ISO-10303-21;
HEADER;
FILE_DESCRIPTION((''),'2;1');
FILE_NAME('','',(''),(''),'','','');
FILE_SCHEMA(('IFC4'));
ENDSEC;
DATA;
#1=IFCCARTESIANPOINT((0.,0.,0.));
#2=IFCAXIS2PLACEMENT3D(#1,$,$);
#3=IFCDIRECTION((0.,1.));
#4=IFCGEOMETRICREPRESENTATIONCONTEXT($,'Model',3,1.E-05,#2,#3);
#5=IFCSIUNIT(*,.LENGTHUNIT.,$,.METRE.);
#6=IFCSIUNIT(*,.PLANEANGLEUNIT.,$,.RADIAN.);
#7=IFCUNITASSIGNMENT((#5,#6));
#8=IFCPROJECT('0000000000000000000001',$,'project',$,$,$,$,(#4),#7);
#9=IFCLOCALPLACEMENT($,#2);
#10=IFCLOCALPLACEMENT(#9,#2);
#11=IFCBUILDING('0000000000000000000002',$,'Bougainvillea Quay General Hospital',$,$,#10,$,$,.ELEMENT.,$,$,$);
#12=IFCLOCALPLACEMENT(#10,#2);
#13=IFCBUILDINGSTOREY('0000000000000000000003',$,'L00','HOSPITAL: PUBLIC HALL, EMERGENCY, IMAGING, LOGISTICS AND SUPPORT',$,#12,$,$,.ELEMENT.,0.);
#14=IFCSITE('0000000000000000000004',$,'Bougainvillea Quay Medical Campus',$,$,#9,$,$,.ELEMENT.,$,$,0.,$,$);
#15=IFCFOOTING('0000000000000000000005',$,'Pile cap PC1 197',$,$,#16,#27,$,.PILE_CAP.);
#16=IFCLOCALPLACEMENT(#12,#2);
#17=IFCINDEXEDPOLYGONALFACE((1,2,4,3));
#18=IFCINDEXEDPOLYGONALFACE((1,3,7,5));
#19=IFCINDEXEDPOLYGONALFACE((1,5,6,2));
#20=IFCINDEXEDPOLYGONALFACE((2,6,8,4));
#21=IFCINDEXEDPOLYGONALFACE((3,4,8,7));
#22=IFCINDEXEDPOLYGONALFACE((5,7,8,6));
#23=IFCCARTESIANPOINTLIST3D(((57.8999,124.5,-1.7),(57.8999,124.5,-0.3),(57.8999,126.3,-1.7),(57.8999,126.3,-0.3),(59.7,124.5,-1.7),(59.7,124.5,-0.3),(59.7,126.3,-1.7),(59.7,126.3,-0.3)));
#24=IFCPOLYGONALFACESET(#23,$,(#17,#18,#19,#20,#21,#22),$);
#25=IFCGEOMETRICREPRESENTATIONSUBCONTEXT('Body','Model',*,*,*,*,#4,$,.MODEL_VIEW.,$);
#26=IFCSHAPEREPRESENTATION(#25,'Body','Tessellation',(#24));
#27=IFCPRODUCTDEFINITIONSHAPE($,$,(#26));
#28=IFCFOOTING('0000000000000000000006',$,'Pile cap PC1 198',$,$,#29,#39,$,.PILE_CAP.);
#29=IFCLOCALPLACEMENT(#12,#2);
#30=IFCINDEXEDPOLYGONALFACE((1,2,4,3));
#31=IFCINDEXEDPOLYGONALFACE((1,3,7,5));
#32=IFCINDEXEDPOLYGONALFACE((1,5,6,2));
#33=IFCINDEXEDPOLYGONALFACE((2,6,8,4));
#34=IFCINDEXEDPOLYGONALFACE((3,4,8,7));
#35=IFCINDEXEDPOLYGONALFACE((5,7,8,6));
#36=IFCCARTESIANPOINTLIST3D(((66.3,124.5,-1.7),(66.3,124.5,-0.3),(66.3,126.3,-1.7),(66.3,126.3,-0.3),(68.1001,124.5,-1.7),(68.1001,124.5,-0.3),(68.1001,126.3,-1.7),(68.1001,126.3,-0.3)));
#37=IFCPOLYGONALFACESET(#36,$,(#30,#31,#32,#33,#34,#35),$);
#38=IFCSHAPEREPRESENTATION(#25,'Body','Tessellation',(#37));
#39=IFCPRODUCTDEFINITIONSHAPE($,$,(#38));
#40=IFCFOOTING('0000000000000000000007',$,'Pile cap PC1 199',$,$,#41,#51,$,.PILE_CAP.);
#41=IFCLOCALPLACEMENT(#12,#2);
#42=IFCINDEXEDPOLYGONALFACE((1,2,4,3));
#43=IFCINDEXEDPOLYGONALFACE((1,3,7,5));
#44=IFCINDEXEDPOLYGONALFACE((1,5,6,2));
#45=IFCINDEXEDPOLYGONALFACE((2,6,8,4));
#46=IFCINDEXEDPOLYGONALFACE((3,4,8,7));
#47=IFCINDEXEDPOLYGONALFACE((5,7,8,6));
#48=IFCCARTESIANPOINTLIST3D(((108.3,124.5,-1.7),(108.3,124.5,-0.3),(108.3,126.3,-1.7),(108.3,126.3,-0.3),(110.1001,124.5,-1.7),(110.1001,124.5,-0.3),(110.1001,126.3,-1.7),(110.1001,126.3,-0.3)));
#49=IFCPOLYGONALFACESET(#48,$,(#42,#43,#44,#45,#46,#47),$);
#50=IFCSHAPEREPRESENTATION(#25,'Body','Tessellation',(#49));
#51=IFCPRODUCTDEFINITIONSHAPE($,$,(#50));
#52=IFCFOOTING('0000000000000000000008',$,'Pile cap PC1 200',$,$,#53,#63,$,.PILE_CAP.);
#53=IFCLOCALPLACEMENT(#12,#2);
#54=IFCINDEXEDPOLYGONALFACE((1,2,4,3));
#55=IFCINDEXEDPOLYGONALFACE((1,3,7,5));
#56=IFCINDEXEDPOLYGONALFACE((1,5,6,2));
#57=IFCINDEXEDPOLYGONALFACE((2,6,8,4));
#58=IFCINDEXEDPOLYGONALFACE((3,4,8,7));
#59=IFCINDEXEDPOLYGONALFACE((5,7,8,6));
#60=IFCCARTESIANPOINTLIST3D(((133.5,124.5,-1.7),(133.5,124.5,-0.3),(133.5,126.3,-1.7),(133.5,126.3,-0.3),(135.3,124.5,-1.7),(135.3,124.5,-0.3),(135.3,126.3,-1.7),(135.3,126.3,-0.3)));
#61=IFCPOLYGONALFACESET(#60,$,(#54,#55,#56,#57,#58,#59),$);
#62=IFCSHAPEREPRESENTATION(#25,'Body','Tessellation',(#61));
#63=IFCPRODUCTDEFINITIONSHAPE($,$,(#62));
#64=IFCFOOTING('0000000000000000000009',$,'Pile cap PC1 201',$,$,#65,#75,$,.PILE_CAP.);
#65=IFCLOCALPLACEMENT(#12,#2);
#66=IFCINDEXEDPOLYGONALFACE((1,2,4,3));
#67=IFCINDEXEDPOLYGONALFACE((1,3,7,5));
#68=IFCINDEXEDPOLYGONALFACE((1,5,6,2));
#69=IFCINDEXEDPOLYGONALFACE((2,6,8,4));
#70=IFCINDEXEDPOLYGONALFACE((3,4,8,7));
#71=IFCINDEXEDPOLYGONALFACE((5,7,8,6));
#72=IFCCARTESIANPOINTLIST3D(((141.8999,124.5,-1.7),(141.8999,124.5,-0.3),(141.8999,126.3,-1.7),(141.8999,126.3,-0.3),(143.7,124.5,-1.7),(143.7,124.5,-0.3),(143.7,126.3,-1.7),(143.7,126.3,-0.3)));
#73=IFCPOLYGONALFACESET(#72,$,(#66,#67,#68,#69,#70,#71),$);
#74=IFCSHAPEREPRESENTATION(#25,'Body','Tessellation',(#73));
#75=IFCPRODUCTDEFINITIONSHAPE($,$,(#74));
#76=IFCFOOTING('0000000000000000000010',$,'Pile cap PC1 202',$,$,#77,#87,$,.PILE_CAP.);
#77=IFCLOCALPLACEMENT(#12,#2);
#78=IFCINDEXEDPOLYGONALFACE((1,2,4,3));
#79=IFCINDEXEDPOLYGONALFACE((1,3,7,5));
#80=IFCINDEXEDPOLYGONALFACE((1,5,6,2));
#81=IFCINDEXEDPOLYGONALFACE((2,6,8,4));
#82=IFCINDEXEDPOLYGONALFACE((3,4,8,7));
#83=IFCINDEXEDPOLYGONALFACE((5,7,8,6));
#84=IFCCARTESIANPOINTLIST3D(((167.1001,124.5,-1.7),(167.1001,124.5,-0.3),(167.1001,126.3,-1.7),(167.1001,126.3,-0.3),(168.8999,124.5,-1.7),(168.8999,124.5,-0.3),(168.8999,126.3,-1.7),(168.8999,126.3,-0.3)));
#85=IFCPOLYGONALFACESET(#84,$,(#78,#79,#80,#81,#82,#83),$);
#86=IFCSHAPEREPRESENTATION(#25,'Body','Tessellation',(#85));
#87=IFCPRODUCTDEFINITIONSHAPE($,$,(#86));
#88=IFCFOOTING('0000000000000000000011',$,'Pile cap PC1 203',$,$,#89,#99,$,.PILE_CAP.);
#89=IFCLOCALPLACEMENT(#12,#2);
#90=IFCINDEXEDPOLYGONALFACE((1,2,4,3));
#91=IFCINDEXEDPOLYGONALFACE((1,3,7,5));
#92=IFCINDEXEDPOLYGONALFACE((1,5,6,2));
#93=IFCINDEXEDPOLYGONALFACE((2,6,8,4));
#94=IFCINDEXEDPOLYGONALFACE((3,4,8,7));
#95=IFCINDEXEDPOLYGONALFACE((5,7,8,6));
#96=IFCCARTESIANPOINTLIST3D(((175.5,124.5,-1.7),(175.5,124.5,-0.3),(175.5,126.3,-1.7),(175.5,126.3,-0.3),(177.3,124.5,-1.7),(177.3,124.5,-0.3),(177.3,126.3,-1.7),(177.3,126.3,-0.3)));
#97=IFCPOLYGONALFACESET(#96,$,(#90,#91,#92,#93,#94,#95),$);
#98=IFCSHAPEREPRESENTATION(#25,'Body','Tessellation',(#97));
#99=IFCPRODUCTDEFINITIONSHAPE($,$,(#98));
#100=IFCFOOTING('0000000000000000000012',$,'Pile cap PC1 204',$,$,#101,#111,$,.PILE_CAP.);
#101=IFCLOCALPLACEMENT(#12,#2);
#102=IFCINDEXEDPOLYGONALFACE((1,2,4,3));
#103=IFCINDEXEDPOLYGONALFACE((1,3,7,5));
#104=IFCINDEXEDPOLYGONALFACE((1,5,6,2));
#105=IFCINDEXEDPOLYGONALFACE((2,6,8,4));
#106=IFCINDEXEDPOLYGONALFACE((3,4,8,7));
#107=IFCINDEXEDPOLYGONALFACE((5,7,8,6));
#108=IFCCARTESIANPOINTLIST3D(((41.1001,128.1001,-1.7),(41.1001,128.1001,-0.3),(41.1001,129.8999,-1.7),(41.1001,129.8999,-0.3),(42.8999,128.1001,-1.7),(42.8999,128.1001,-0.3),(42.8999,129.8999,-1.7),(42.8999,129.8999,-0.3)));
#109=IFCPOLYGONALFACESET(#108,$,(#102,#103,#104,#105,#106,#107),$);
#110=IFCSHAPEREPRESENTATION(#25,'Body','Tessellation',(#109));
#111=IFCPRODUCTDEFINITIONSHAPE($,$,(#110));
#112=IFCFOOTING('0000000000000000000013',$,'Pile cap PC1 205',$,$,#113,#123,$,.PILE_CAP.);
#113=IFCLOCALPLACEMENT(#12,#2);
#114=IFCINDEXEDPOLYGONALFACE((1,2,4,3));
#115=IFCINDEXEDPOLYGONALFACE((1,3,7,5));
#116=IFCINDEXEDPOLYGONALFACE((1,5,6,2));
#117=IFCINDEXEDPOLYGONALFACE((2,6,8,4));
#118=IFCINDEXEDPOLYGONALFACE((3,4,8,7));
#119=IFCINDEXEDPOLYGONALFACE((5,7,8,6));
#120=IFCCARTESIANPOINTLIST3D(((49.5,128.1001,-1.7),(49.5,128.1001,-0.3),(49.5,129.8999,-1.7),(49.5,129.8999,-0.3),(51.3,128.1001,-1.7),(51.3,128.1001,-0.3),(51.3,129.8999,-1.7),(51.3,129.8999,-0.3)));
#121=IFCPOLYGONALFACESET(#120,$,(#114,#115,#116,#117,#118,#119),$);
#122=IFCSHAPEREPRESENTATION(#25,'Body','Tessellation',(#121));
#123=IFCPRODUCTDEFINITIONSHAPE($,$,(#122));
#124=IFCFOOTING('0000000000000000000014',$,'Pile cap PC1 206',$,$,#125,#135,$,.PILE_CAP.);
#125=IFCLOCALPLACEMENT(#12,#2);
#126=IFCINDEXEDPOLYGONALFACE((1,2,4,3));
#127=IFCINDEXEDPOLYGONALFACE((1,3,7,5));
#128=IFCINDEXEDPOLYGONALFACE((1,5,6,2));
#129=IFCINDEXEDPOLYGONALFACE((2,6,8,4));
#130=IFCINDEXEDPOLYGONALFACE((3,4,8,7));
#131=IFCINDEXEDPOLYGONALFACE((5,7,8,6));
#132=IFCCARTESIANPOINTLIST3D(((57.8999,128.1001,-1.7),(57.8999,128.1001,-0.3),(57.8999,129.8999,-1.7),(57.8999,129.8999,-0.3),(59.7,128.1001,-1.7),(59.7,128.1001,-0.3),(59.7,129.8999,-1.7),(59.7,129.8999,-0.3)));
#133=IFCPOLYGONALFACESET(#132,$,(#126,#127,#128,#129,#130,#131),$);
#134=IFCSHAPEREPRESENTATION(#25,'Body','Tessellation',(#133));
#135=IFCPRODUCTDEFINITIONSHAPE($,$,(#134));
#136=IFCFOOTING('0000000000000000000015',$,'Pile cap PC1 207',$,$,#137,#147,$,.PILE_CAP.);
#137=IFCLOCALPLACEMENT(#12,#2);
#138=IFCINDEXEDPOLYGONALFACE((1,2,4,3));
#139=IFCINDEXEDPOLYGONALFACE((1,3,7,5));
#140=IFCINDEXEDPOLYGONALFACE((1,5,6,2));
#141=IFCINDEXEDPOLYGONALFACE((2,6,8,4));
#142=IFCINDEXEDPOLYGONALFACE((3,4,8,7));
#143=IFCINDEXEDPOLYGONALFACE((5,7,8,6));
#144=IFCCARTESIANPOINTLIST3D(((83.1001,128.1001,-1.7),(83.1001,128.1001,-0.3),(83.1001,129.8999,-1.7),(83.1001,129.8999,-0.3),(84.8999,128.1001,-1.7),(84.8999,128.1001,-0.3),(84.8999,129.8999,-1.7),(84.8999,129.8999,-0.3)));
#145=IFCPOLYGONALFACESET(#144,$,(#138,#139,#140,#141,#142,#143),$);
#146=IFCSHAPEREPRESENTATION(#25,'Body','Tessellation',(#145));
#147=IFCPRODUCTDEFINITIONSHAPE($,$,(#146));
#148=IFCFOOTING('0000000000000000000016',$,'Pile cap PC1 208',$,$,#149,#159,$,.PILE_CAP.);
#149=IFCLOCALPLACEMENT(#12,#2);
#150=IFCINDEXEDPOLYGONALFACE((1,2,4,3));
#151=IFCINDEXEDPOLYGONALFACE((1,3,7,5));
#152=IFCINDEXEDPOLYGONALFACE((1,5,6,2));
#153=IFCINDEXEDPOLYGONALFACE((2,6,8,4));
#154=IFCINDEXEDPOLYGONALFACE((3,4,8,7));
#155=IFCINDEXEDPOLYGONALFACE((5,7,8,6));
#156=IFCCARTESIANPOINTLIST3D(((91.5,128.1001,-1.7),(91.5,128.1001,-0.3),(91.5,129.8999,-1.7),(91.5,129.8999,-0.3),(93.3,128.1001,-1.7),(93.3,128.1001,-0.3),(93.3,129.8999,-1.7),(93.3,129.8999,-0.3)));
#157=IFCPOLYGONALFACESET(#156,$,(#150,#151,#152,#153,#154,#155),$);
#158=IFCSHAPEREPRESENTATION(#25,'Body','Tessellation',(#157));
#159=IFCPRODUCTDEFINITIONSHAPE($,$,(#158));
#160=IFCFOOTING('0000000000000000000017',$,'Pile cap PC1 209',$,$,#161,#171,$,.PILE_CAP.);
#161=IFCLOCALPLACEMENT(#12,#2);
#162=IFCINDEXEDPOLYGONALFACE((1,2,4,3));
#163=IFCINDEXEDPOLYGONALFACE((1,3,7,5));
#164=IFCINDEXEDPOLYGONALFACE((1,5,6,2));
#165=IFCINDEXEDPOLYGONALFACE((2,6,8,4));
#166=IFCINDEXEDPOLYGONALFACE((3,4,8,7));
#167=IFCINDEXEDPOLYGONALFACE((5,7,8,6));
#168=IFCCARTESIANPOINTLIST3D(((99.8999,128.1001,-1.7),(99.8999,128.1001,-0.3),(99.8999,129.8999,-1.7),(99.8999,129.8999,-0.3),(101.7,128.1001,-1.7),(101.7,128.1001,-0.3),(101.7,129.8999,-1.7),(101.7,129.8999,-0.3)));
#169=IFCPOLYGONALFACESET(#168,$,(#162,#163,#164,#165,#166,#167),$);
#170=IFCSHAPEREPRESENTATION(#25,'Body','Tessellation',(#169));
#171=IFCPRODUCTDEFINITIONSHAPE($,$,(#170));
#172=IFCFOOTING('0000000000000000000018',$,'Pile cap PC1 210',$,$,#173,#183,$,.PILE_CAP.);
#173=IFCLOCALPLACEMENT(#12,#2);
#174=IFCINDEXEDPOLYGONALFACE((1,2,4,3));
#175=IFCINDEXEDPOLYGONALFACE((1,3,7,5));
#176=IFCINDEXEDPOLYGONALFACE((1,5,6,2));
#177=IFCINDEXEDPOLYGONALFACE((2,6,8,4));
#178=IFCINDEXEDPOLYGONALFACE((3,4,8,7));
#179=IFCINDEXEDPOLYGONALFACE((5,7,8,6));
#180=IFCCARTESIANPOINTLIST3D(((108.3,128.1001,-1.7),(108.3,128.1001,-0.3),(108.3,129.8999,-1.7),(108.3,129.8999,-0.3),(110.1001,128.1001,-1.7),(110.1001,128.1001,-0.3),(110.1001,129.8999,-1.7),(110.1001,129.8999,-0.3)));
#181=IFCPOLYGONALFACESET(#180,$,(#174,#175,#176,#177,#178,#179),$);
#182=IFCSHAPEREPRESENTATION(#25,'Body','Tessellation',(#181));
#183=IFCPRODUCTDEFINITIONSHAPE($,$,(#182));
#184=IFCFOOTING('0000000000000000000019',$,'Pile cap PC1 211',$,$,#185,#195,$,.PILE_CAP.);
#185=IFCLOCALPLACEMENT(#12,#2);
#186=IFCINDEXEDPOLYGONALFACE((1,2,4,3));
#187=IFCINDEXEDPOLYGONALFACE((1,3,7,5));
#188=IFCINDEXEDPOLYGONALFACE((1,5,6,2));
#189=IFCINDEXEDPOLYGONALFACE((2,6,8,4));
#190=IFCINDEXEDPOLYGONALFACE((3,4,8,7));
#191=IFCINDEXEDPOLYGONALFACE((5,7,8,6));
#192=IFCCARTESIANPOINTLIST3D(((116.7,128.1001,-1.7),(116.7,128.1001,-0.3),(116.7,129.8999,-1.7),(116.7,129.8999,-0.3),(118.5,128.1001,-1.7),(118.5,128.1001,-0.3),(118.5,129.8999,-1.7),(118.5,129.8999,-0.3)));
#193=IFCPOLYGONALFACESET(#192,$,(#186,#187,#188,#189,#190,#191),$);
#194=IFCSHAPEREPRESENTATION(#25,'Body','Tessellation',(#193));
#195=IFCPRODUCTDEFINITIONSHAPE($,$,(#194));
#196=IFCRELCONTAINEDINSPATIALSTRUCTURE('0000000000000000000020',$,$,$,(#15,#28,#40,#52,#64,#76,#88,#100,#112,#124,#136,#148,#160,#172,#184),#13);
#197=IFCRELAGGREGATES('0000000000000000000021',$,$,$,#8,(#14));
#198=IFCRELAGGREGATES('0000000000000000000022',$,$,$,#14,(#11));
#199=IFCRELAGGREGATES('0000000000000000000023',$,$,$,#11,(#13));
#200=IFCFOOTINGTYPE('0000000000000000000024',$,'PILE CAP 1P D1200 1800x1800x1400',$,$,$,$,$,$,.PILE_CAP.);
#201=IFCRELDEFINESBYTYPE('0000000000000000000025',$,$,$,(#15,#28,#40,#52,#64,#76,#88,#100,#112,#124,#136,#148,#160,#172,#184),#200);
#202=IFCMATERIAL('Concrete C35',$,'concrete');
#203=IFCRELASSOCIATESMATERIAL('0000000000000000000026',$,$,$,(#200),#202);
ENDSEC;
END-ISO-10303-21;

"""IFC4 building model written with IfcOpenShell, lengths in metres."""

from ifc_helpers import new_model, si_unit, direction, frame, origin, place, context, subcontext, project, spatial, polyline, outline, extrude, material, type_object, element, save


model = new_model("IFC4")

# Units and contexts
model_context = context("Model", 3, precision=1e-05, world=origin(), true_north=direction((0.0, 1.0)))
body_context = subcontext(model_context, "Body", "Model", "MODEL_VIEW")
ifc_project = project(units=[si_unit("LENGTHUNIT", "METRE"), si_unit("PLANEANGLEUNIT", "RADIAN")], contexts=[model_context])

# Site, building, storey
site_placement = place(None, origin())
site = spatial("IfcSite", under=ifc_project, at=site_placement, Name="Bougainvillea Quay Medical Campus", CompositionType="ELEMENT", RefElevation=0.0)
building_placement = place(site_placement, origin())
building = spatial("IfcBuilding", under=site, at=building_placement, Name="Bougainvillea Quay General Hospital", CompositionType="ELEMENT")
storey_placement = place(building_placement, origin())
storey = spatial("IfcBuildingStorey", under=building, at=storey_placement, Name="L00", Description="HOSPITAL: PUBLIC HALL, EMERGENCY, IMAGING, LOGISTICS AND SUPPORT", CompositionType="ELEMENT", Elevation=0.0)

# Footings
ifc_material = material(Name="Concrete C35", Category="concrete")
footing_type_1 = type_object("IfcFootingType", Name="PILE CAP 1P D1200 1800x1800x1400", PredefinedType="PILE_CAP", material=ifc_material)
footing_1_placement = place(storey_placement, frame((0.0, 0.0, -1.7)))
element("IfcFooting", 1, at=footing_1_placement, inside=storey, type_object=footing_type_1, Name="Pile cap PC1 197", PredefinedType="PILE_CAP", context=body_context, shape_type="SweptSolid", body=[
    extrude(outline(polyline([(57.8999, 124.5), (59.7, 124.5), (59.7, 126.3), (57.8999, 126.3), (57.8999, 124.5)])), origin(), (0.0, 0.0, 1.0), 1.3999),
])
footing_2_placement = place(storey_placement, frame((0.0, 0.0, -1.7)))
element("IfcFooting", 2, at=footing_2_placement, inside=storey, type_object=footing_type_1, Name="Pile cap PC1 198", PredefinedType="PILE_CAP", context=body_context, shape_type="SweptSolid", body=[
    extrude(outline(polyline([(66.3, 124.5), (68.1001, 124.5), (68.1001, 126.3), (66.3, 126.3), (66.3, 124.5)])), origin(), (0.0, 0.0, 1.0), 1.3999),
])
footing_3_placement = place(storey_placement, frame((0.0, 0.0, -1.7)))
element("IfcFooting", 3, at=footing_3_placement, inside=storey, type_object=footing_type_1, Name="Pile cap PC1 199", PredefinedType="PILE_CAP", context=body_context, shape_type="SweptSolid", body=[
    extrude(outline(polyline([(108.3, 124.5), (110.1001, 124.5), (110.1001, 126.3), (108.3, 126.3), (108.3, 124.5)])), origin(), (0.0, 0.0, 1.0), 1.3999),
])
footing_4_placement = place(storey_placement, frame((0.0, 0.0, -1.7)))
element("IfcFooting", 4, at=footing_4_placement, inside=storey, type_object=footing_type_1, Name="Pile cap PC1 200", PredefinedType="PILE_CAP", context=body_context, shape_type="SweptSolid", body=[
    extrude(outline(polyline([(133.5, 124.5), (135.3, 124.5), (135.3, 126.3), (133.5, 126.3), (133.5, 124.5)])), origin(), (0.0, 0.0, 1.0), 1.3999),
])
footing_5_placement = place(storey_placement, frame((0.0, 0.0, -1.7)))
element("IfcFooting", 5, at=footing_5_placement, inside=storey, type_object=footing_type_1, Name="Pile cap PC1 201", PredefinedType="PILE_CAP", context=body_context, shape_type="SweptSolid", body=[
    extrude(outline(polyline([(141.8999, 124.5), (143.7, 124.5), (143.7, 126.3), (141.8999, 126.3), (141.8999, 124.5)])), origin(), (0.0, 0.0, 1.0), 1.3999),
])
footing_6_placement = place(storey_placement, frame((0.0, 0.0, -1.7)))
element("IfcFooting", 6, at=footing_6_placement, inside=storey, type_object=footing_type_1, Name="Pile cap PC1 202", PredefinedType="PILE_CAP", context=body_context, shape_type="SweptSolid", body=[
    extrude(outline(polyline([(167.1001, 124.5), (168.8999, 124.5), (168.8999, 126.3), (167.1001, 126.3), (167.1001, 124.5)])), origin(), (0.0, 0.0, 1.0), 1.3999),
])
footing_7_placement = place(storey_placement, frame((0.0, 0.0, -1.7)))
element("IfcFooting", 7, at=footing_7_placement, inside=storey, type_object=footing_type_1, Name="Pile cap PC1 203", PredefinedType="PILE_CAP", context=body_context, shape_type="SweptSolid", body=[
    extrude(outline(polyline([(175.5, 124.5), (177.3, 124.5), (177.3, 126.3), (175.5, 126.3), (175.5, 124.5)])), origin(), (0.0, 0.0, 1.0), 1.3999),
])
footing_8_placement = place(storey_placement, frame((0.0, 0.0, -1.7)))
element("IfcFooting", 8, at=footing_8_placement, inside=storey, type_object=footing_type_1, Name="Pile cap PC1 204", PredefinedType="PILE_CAP", context=body_context, shape_type="SweptSolid", body=[
    extrude(outline(polyline([(41.1001, 128.1001), (42.8999, 128.1001), (42.8999, 129.8999), (41.1001, 129.8999), (41.1001, 128.1001)])), origin(), (0.0, 0.0, 1.0), 1.3999),
])
footing_9_placement = place(storey_placement, frame((0.0, 0.0, -1.7)))
element("IfcFooting", 9, at=footing_9_placement, inside=storey, type_object=footing_type_1, Name="Pile cap PC1 205", PredefinedType="PILE_CAP", context=body_context, shape_type="SweptSolid", body=[
    extrude(outline(polyline([(49.5, 128.1001), (51.3, 128.1001), (51.3, 129.8999), (49.5, 129.8999), (49.5, 128.1001)])), origin(), (0.0, 0.0, 1.0), 1.3999),
])
footing_10_placement = place(storey_placement, frame((0.0, 0.0, -1.7)))
element("IfcFooting", 10, at=footing_10_placement, inside=storey, type_object=footing_type_1, Name="Pile cap PC1 206", PredefinedType="PILE_CAP", context=body_context, shape_type="SweptSolid", body=[
    extrude(outline(polyline([(57.8999, 128.1001), (59.7, 128.1001), (59.7, 129.8999), (57.8999, 129.8999), (57.8999, 128.1001)])), origin(), (0.0, 0.0, 1.0), 1.3999),
])
footing_11_placement = place(storey_placement, frame((0.0, 0.0, -1.7)))
element("IfcFooting", 11, at=footing_11_placement, inside=storey, type_object=footing_type_1, Name="Pile cap PC1 207", PredefinedType="PILE_CAP", context=body_context, shape_type="SweptSolid", body=[
    extrude(outline(polyline([(83.1001, 128.1001), (84.8999, 128.1001), (84.8999, 129.8999), (83.1001, 129.8999), (83.1001, 128.1001)])), origin(), (0.0, 0.0, 1.0), 1.3999),
])
footing_12_placement = place(storey_placement, frame((0.0, 0.0, -1.7)))
element("IfcFooting", 12, at=footing_12_placement, inside=storey, type_object=footing_type_1, Name="Pile cap PC1 208", PredefinedType="PILE_CAP", context=body_context, shape_type="SweptSolid", body=[
    extrude(outline(polyline([(91.5, 128.1001), (93.3, 128.1001), (93.3, 129.8999), (91.5, 129.8999), (91.5, 128.1001)])), origin(), (0.0, 0.0, 1.0), 1.3999),
])
footing_13_placement = place(storey_placement, frame((0.0, 0.0, -1.7)))
element("IfcFooting", 13, at=footing_13_placement, inside=storey, type_object=footing_type_1, Name="Pile cap PC1 209", PredefinedType="PILE_CAP", context=body_context, shape_type="SweptSolid", body=[
    extrude(outline(polyline([(99.8999, 128.1001), (101.7, 128.1001), (101.7, 129.8999), (99.8999, 129.8999), (99.8999, 128.1001)])), origin(), (0.0, 0.0, 1.0), 1.3999),
])
footing_14_placement = place(storey_placement, frame((0.0, 0.0, -1.7)))
element("IfcFooting", 14, at=footing_14_placement, inside=storey, type_object=footing_type_1, Name="Pile cap PC1 210", PredefinedType="PILE_CAP", context=body_context, shape_type="SweptSolid", body=[
    extrude(outline(polyline([(108.3, 128.1001), (110.1001, 128.1001), (110.1001, 129.8999), (108.3, 129.8999), (108.3, 128.1001)])), origin(), (0.0, 0.0, 1.0), 1.3999),
])
footing_15_placement = place(storey_placement, frame((0.0, 0.0, -1.7)))
element("IfcFooting", 15, at=footing_15_placement, inside=storey, type_object=footing_type_1, Name="Pile cap PC1 211", PredefinedType="PILE_CAP", context=body_context, shape_type="SweptSolid", body=[
    extrude(outline(polyline([(116.7, 128.1001), (118.5, 128.1001), (118.5, 129.8999), (116.7, 129.8999), (116.7, 128.1001)])), origin(), (0.0, 0.0, 1.0), 1.3999),
])

save(model, "model.ifc")
